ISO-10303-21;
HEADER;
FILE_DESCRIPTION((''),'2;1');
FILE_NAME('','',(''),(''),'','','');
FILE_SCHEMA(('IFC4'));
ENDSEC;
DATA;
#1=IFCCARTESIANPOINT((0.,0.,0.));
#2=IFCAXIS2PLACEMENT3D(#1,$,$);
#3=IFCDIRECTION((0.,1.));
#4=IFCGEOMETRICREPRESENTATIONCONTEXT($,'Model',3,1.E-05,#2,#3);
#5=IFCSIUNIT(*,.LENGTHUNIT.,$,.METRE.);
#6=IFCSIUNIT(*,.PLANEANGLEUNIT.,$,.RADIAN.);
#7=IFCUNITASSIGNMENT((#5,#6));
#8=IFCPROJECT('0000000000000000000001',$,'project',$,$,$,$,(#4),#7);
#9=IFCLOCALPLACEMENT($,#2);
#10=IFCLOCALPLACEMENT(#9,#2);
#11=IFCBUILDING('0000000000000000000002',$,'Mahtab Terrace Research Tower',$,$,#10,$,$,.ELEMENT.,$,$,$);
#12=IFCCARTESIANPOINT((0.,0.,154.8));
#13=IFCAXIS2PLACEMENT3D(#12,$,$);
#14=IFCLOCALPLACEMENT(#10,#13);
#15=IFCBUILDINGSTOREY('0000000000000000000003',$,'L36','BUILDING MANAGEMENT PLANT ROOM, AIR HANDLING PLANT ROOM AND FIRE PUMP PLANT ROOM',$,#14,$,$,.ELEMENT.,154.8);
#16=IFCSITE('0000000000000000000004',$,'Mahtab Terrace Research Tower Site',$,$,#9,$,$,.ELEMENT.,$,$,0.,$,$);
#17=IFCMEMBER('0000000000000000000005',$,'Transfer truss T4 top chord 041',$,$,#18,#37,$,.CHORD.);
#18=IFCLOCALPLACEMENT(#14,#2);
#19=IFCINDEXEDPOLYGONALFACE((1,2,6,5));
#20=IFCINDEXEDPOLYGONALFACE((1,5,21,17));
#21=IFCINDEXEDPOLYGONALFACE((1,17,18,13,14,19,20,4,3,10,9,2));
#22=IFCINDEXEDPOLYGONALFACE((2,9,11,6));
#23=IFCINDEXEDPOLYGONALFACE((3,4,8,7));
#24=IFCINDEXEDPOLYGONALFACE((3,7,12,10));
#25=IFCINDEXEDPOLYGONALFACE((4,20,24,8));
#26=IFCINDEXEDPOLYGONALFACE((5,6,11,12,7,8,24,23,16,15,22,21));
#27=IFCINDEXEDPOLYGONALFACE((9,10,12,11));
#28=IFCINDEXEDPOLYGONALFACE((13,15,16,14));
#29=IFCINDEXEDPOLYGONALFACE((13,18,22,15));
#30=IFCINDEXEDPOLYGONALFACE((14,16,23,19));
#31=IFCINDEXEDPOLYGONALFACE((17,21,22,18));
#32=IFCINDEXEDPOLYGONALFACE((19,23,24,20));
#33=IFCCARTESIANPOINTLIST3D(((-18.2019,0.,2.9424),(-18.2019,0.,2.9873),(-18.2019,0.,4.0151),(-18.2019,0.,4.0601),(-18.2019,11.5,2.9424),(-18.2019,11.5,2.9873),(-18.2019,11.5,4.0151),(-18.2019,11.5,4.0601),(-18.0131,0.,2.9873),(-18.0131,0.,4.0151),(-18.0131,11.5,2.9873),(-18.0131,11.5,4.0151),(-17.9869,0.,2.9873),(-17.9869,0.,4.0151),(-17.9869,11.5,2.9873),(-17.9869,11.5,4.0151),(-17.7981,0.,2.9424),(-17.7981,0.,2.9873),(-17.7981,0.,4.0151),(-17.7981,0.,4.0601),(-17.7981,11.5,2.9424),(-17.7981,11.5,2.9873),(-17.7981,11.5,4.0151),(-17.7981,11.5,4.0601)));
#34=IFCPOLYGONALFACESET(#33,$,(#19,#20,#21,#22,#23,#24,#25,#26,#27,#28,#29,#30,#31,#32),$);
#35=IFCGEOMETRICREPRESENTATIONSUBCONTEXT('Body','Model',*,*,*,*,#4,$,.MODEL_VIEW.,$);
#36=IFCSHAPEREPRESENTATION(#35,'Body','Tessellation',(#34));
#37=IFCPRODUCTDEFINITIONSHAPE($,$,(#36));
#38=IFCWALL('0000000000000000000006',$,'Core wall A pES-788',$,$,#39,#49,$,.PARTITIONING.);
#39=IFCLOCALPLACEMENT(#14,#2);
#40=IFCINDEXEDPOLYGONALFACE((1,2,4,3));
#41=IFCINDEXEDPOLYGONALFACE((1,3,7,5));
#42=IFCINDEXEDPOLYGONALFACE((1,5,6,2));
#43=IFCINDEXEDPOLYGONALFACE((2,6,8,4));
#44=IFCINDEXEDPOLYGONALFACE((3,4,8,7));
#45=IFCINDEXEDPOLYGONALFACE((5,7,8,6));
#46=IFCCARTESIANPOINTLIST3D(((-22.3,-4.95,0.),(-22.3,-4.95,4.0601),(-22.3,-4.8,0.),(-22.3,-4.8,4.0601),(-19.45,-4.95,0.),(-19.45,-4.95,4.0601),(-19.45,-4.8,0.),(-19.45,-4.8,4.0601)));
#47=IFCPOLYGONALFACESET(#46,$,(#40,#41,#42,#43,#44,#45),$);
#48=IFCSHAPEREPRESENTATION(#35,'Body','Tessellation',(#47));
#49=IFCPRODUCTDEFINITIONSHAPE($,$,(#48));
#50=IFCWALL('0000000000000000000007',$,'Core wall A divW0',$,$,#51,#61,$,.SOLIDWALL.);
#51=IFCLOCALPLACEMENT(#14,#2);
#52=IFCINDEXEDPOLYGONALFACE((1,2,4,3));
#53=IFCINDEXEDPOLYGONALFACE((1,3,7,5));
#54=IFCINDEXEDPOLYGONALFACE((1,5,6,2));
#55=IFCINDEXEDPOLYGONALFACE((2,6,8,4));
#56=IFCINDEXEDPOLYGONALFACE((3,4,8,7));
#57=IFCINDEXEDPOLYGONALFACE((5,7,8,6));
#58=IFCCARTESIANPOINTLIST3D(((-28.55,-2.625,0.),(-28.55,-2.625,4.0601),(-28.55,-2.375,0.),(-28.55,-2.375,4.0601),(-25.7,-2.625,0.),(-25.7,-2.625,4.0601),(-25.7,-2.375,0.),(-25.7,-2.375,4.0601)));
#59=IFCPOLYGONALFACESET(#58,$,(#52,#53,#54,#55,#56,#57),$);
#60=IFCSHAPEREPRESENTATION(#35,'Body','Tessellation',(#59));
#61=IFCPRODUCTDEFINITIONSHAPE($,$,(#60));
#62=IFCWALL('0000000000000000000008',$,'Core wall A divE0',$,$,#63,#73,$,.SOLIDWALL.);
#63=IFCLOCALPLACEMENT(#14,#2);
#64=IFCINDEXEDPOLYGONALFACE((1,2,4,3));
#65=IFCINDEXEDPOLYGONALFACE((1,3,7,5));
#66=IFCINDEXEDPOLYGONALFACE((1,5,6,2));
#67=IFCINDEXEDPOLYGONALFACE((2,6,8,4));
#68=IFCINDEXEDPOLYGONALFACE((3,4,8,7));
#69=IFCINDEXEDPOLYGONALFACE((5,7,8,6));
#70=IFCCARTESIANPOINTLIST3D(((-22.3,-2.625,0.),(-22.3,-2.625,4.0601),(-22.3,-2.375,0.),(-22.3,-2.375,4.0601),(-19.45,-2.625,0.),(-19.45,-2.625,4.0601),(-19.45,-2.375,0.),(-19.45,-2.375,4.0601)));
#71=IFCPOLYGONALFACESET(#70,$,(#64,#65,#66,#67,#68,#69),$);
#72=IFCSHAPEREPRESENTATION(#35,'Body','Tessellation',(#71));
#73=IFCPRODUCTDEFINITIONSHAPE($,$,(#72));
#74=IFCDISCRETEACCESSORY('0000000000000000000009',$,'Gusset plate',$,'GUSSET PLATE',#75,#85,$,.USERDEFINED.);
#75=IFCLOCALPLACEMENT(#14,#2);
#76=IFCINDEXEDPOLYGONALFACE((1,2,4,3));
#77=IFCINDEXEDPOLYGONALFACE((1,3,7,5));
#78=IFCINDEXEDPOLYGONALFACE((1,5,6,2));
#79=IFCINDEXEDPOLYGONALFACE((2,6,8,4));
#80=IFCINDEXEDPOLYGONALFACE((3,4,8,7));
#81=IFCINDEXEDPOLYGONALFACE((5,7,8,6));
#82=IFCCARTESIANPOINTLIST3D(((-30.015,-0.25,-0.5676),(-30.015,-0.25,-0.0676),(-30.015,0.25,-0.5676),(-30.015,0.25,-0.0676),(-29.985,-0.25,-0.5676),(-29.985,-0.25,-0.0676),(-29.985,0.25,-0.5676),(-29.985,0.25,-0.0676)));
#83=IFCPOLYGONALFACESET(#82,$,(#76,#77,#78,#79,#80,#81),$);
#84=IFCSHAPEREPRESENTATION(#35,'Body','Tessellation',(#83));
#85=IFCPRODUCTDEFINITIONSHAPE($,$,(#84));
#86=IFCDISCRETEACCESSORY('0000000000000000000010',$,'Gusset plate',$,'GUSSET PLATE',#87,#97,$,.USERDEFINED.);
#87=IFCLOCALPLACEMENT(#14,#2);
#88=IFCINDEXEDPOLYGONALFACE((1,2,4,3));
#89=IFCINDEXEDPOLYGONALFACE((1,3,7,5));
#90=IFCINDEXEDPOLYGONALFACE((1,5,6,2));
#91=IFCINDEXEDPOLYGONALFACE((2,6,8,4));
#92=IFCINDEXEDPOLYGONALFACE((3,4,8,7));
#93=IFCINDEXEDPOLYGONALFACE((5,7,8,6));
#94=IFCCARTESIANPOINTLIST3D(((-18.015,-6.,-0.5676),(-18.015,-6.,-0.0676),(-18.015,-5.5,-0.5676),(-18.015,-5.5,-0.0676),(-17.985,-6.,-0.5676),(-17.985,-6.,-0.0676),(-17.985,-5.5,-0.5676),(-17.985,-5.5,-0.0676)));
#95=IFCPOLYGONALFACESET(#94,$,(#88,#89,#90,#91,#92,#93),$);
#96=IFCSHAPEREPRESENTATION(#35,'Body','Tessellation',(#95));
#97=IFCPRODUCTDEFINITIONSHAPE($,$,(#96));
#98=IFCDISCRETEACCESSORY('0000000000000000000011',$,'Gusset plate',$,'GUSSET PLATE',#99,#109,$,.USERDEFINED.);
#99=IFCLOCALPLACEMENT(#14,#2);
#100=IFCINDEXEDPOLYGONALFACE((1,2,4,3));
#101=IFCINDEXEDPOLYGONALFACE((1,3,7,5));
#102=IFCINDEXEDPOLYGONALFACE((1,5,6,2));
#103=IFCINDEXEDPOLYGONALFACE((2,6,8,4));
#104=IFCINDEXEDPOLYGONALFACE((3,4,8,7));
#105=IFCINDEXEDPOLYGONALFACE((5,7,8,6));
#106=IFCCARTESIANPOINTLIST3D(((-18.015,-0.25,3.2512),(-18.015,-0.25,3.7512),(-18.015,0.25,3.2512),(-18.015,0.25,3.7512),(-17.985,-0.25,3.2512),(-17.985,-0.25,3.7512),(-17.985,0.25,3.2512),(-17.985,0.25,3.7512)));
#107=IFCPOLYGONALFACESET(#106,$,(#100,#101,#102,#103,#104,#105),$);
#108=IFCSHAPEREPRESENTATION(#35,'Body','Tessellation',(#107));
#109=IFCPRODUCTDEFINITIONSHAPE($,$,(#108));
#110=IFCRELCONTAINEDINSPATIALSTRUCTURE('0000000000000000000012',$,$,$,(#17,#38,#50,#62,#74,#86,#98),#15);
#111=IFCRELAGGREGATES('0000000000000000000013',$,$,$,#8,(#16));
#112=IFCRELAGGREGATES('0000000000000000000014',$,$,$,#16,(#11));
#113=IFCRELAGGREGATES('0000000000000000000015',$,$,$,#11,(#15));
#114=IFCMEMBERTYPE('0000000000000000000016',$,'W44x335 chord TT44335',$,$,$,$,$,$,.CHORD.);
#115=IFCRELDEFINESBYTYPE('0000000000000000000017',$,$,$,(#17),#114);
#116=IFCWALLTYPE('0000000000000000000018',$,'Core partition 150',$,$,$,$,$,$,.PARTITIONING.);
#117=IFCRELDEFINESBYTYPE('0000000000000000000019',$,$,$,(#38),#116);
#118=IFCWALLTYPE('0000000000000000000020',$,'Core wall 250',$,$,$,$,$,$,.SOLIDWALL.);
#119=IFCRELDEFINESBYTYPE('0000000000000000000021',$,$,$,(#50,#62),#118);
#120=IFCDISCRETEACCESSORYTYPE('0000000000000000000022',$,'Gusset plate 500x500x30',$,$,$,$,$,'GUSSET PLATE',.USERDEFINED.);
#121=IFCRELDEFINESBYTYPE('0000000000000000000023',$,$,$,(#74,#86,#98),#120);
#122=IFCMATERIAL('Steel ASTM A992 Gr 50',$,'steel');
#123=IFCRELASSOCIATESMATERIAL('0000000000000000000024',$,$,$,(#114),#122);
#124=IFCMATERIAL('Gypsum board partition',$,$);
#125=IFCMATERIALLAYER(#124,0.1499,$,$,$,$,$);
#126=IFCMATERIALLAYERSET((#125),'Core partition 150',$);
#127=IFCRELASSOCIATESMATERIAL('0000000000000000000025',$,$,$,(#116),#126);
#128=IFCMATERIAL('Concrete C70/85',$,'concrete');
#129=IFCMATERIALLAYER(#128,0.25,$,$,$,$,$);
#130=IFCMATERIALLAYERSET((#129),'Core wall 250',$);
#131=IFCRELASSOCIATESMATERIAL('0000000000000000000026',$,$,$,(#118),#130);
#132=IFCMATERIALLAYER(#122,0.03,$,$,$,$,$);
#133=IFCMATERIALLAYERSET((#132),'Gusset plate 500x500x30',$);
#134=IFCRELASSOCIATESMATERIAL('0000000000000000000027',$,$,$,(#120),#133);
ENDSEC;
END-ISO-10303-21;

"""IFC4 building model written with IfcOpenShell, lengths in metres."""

from ifc_helpers import new_model, si_unit, direction, frame, frame_2d, origin, origin_2d, place, context, subcontext, project, spatial, rectangle, i_section, extrude, material, layer, layer_set, material_profile, profile_set, type_object, element, save


model = new_model("IFC4")

# Units and contexts
model_context = context("Model", 3, precision=1e-05, world=origin(), true_north=direction((0.0, 1.0)))
body_context = subcontext(model_context, "Body", "Model", "MODEL_VIEW")
ifc_project = project(units=[si_unit("LENGTHUNIT", "METRE"), si_unit("PLANEANGLEUNIT", "RADIAN")], contexts=[model_context])

# Site, building, storey
site_placement = place(None, origin())
site = spatial("IfcSite", under=ifc_project, at=site_placement, Name="Mahtab Terrace Research Tower Site", CompositionType="ELEMENT", RefElevation=0.0)
building_placement = place(site_placement, origin())
building = spatial("IfcBuilding", under=site, at=building_placement, Name="Mahtab Terrace Research Tower", CompositionType="ELEMENT")
storey_placement = place(building_placement, frame((0.0, 0.0, 154.8)))
storey = spatial("IfcBuildingStorey", under=building, at=storey_placement, Name="L36", Description="BUILDING MANAGEMENT PLANT ROOM, AIR HANDLING PLANT ROOM AND FIRE PUMP PLANT ROOM", CompositionType="ELEMENT", Elevation=154.8)

# Shared definitions
ifc_material_1 = material(Name="Concrete C70/85", Category="concrete")

# Shared definitions
ifc_material_2 = material(Name="Steel ASTM A992 Gr 50", Category="steel")

# Member
ifc_material_profile_1 = material_profile(ifc_material_2, i_section(OverallWidth=0.4038, OverallDepth=1.1177, WebThickness=0.0261, FlangeThickness=0.0449, at=origin_2d()), Name="W44X335")
ifc_profile_set_1 = profile_set([ifc_material_profile_1], Name="Steel ASTM A992 Gr 50")
member_type_1 = type_object("IfcMemberType", Name="W44x335 chord TT44335", PredefinedType="CHORD", material=ifc_profile_set_1)
for number, where, z_axis, x_axis, name in (
    (1, (-18.0, 0.0, 3.5012), (0.0, 1.0, 0.0), (-1.0, 0.0, 0.0), "Transfer truss T4 top chord 041"),
):
    element("IfcMember", number, at=place(storey_placement, frame(where, z_axis=z_axis, x_axis=x_axis)), inside=storey, type_object=member_type_1, Name=name, PredefinedType="CHORD", context=body_context, shape_type="SweptSolid", body=[
        extrude(i_section(OverallWidth=0.4038, OverallDepth=1.1177, WebThickness=0.0261, FlangeThickness=0.0449, at=origin_2d()), origin(), (0.0, 0.0, 1.0), 11.5),
    ])

# Walls
ifc_material_3 = material(Name="Gypsum board partition")
ifc_layer_1 = layer(ifc_material_3, 0.1499)
ifc_layer_set_1 = layer_set([ifc_layer_1], Name="Core partition 150")
wall_type_1 = type_object("IfcWallType", Name="Core partition 150", PredefinedType="PARTITIONING", material=ifc_layer_set_1)
wall_placement = place(storey_placement, frame((-22.3, -4.875, 0.0), z_axis=(0.0, 0.0, 1.0), x_axis=(1.0, 0.0, 0.0)))
element("IfcWall", 2, at=wall_placement, inside=storey, type_object=wall_type_1, Name="Core wall A pES-788", PredefinedType="PARTITIONING", context=body_context, shape_type="SweptSolid", body=[
    extrude(rectangle(XDim=2.8501, YDim=0.1499, at=frame_2d((1.425, 0.0))), origin(), (0.0, 0.0, 1.0), 4.0601),
])
ifc_layer_2 = layer(ifc_material_1, 0.25)
ifc_layer_set_2 = layer_set([ifc_layer_2], Name="Core wall 250")
wall_type_2 = type_object("IfcWallType", Name="Core wall 250", PredefinedType="SOLIDWALL", material=ifc_layer_set_2)
for number, where, z_axis, x_axis, name in (
    (3, (-28.55, -2.5, 0.0), (0.0, 0.0, 1.0), (1.0, 0.0, 0.0), "Core wall A divW0"),
    (4, (-22.3, -2.5, 0.0), (0.0, 0.0, 1.0), (1.0, 0.0, 0.0), "Core wall A divE0"),
):
    element("IfcWall", number, at=place(storey_placement, frame(where, z_axis=z_axis, x_axis=x_axis)), inside=storey, type_object=wall_type_2, Name=name, PredefinedType="SOLIDWALL", context=body_context, shape_type="SweptSolid", body=[
        extrude(rectangle(XDim=2.8501, YDim=0.25, at=frame_2d((1.425, 0.0))), origin(), (0.0, 0.0, 1.0), 4.0601),
    ])

# Discrete accessories
ifc_layer_3 = layer(ifc_material_2, 0.03)
ifc_layer_set_3 = layer_set([ifc_layer_3], Name="Gusset plate 500x500x30")
discrete_accessory_type = type_object("IfcDiscreteAccessoryType", Name="Gusset plate 500x500x30", ElementType="GUSSET PLATE", PredefinedType="USERDEFINED", material=ifc_layer_set_3)
for number, where, z_axis, x_axis, name in (
    (5, (-30.0, 0.0, -0.5676), (0.0, 0.0, 1.0), (0.0, 1.0, 0.0), "Gusset plate"),
    (6, (-18.0, -5.75, -0.5676), (0.0, 0.0, 1.0), (0.0, 1.0, 0.0), "Gusset plate"),
    (7, (-18.0, 0.0, 3.2512), (0.0, 0.0, 1.0), (0.0, 1.0, 0.0), "Gusset plate"),
):
    element("IfcDiscreteAccessory", number, at=place(storey_placement, frame(where, z_axis=z_axis, x_axis=x_axis)), inside=storey, type_object=discrete_accessory_type, Name=name, ObjectType="GUSSET PLATE", PredefinedType="USERDEFINED", context=body_context, shape_type="SweptSolid", body=[
        extrude(rectangle(XDim=0.5, YDim=0.03, at=origin_2d()), origin(), (0.0, 0.0, 1.0), 0.5),
    ])

save(model, "model.ifc")
